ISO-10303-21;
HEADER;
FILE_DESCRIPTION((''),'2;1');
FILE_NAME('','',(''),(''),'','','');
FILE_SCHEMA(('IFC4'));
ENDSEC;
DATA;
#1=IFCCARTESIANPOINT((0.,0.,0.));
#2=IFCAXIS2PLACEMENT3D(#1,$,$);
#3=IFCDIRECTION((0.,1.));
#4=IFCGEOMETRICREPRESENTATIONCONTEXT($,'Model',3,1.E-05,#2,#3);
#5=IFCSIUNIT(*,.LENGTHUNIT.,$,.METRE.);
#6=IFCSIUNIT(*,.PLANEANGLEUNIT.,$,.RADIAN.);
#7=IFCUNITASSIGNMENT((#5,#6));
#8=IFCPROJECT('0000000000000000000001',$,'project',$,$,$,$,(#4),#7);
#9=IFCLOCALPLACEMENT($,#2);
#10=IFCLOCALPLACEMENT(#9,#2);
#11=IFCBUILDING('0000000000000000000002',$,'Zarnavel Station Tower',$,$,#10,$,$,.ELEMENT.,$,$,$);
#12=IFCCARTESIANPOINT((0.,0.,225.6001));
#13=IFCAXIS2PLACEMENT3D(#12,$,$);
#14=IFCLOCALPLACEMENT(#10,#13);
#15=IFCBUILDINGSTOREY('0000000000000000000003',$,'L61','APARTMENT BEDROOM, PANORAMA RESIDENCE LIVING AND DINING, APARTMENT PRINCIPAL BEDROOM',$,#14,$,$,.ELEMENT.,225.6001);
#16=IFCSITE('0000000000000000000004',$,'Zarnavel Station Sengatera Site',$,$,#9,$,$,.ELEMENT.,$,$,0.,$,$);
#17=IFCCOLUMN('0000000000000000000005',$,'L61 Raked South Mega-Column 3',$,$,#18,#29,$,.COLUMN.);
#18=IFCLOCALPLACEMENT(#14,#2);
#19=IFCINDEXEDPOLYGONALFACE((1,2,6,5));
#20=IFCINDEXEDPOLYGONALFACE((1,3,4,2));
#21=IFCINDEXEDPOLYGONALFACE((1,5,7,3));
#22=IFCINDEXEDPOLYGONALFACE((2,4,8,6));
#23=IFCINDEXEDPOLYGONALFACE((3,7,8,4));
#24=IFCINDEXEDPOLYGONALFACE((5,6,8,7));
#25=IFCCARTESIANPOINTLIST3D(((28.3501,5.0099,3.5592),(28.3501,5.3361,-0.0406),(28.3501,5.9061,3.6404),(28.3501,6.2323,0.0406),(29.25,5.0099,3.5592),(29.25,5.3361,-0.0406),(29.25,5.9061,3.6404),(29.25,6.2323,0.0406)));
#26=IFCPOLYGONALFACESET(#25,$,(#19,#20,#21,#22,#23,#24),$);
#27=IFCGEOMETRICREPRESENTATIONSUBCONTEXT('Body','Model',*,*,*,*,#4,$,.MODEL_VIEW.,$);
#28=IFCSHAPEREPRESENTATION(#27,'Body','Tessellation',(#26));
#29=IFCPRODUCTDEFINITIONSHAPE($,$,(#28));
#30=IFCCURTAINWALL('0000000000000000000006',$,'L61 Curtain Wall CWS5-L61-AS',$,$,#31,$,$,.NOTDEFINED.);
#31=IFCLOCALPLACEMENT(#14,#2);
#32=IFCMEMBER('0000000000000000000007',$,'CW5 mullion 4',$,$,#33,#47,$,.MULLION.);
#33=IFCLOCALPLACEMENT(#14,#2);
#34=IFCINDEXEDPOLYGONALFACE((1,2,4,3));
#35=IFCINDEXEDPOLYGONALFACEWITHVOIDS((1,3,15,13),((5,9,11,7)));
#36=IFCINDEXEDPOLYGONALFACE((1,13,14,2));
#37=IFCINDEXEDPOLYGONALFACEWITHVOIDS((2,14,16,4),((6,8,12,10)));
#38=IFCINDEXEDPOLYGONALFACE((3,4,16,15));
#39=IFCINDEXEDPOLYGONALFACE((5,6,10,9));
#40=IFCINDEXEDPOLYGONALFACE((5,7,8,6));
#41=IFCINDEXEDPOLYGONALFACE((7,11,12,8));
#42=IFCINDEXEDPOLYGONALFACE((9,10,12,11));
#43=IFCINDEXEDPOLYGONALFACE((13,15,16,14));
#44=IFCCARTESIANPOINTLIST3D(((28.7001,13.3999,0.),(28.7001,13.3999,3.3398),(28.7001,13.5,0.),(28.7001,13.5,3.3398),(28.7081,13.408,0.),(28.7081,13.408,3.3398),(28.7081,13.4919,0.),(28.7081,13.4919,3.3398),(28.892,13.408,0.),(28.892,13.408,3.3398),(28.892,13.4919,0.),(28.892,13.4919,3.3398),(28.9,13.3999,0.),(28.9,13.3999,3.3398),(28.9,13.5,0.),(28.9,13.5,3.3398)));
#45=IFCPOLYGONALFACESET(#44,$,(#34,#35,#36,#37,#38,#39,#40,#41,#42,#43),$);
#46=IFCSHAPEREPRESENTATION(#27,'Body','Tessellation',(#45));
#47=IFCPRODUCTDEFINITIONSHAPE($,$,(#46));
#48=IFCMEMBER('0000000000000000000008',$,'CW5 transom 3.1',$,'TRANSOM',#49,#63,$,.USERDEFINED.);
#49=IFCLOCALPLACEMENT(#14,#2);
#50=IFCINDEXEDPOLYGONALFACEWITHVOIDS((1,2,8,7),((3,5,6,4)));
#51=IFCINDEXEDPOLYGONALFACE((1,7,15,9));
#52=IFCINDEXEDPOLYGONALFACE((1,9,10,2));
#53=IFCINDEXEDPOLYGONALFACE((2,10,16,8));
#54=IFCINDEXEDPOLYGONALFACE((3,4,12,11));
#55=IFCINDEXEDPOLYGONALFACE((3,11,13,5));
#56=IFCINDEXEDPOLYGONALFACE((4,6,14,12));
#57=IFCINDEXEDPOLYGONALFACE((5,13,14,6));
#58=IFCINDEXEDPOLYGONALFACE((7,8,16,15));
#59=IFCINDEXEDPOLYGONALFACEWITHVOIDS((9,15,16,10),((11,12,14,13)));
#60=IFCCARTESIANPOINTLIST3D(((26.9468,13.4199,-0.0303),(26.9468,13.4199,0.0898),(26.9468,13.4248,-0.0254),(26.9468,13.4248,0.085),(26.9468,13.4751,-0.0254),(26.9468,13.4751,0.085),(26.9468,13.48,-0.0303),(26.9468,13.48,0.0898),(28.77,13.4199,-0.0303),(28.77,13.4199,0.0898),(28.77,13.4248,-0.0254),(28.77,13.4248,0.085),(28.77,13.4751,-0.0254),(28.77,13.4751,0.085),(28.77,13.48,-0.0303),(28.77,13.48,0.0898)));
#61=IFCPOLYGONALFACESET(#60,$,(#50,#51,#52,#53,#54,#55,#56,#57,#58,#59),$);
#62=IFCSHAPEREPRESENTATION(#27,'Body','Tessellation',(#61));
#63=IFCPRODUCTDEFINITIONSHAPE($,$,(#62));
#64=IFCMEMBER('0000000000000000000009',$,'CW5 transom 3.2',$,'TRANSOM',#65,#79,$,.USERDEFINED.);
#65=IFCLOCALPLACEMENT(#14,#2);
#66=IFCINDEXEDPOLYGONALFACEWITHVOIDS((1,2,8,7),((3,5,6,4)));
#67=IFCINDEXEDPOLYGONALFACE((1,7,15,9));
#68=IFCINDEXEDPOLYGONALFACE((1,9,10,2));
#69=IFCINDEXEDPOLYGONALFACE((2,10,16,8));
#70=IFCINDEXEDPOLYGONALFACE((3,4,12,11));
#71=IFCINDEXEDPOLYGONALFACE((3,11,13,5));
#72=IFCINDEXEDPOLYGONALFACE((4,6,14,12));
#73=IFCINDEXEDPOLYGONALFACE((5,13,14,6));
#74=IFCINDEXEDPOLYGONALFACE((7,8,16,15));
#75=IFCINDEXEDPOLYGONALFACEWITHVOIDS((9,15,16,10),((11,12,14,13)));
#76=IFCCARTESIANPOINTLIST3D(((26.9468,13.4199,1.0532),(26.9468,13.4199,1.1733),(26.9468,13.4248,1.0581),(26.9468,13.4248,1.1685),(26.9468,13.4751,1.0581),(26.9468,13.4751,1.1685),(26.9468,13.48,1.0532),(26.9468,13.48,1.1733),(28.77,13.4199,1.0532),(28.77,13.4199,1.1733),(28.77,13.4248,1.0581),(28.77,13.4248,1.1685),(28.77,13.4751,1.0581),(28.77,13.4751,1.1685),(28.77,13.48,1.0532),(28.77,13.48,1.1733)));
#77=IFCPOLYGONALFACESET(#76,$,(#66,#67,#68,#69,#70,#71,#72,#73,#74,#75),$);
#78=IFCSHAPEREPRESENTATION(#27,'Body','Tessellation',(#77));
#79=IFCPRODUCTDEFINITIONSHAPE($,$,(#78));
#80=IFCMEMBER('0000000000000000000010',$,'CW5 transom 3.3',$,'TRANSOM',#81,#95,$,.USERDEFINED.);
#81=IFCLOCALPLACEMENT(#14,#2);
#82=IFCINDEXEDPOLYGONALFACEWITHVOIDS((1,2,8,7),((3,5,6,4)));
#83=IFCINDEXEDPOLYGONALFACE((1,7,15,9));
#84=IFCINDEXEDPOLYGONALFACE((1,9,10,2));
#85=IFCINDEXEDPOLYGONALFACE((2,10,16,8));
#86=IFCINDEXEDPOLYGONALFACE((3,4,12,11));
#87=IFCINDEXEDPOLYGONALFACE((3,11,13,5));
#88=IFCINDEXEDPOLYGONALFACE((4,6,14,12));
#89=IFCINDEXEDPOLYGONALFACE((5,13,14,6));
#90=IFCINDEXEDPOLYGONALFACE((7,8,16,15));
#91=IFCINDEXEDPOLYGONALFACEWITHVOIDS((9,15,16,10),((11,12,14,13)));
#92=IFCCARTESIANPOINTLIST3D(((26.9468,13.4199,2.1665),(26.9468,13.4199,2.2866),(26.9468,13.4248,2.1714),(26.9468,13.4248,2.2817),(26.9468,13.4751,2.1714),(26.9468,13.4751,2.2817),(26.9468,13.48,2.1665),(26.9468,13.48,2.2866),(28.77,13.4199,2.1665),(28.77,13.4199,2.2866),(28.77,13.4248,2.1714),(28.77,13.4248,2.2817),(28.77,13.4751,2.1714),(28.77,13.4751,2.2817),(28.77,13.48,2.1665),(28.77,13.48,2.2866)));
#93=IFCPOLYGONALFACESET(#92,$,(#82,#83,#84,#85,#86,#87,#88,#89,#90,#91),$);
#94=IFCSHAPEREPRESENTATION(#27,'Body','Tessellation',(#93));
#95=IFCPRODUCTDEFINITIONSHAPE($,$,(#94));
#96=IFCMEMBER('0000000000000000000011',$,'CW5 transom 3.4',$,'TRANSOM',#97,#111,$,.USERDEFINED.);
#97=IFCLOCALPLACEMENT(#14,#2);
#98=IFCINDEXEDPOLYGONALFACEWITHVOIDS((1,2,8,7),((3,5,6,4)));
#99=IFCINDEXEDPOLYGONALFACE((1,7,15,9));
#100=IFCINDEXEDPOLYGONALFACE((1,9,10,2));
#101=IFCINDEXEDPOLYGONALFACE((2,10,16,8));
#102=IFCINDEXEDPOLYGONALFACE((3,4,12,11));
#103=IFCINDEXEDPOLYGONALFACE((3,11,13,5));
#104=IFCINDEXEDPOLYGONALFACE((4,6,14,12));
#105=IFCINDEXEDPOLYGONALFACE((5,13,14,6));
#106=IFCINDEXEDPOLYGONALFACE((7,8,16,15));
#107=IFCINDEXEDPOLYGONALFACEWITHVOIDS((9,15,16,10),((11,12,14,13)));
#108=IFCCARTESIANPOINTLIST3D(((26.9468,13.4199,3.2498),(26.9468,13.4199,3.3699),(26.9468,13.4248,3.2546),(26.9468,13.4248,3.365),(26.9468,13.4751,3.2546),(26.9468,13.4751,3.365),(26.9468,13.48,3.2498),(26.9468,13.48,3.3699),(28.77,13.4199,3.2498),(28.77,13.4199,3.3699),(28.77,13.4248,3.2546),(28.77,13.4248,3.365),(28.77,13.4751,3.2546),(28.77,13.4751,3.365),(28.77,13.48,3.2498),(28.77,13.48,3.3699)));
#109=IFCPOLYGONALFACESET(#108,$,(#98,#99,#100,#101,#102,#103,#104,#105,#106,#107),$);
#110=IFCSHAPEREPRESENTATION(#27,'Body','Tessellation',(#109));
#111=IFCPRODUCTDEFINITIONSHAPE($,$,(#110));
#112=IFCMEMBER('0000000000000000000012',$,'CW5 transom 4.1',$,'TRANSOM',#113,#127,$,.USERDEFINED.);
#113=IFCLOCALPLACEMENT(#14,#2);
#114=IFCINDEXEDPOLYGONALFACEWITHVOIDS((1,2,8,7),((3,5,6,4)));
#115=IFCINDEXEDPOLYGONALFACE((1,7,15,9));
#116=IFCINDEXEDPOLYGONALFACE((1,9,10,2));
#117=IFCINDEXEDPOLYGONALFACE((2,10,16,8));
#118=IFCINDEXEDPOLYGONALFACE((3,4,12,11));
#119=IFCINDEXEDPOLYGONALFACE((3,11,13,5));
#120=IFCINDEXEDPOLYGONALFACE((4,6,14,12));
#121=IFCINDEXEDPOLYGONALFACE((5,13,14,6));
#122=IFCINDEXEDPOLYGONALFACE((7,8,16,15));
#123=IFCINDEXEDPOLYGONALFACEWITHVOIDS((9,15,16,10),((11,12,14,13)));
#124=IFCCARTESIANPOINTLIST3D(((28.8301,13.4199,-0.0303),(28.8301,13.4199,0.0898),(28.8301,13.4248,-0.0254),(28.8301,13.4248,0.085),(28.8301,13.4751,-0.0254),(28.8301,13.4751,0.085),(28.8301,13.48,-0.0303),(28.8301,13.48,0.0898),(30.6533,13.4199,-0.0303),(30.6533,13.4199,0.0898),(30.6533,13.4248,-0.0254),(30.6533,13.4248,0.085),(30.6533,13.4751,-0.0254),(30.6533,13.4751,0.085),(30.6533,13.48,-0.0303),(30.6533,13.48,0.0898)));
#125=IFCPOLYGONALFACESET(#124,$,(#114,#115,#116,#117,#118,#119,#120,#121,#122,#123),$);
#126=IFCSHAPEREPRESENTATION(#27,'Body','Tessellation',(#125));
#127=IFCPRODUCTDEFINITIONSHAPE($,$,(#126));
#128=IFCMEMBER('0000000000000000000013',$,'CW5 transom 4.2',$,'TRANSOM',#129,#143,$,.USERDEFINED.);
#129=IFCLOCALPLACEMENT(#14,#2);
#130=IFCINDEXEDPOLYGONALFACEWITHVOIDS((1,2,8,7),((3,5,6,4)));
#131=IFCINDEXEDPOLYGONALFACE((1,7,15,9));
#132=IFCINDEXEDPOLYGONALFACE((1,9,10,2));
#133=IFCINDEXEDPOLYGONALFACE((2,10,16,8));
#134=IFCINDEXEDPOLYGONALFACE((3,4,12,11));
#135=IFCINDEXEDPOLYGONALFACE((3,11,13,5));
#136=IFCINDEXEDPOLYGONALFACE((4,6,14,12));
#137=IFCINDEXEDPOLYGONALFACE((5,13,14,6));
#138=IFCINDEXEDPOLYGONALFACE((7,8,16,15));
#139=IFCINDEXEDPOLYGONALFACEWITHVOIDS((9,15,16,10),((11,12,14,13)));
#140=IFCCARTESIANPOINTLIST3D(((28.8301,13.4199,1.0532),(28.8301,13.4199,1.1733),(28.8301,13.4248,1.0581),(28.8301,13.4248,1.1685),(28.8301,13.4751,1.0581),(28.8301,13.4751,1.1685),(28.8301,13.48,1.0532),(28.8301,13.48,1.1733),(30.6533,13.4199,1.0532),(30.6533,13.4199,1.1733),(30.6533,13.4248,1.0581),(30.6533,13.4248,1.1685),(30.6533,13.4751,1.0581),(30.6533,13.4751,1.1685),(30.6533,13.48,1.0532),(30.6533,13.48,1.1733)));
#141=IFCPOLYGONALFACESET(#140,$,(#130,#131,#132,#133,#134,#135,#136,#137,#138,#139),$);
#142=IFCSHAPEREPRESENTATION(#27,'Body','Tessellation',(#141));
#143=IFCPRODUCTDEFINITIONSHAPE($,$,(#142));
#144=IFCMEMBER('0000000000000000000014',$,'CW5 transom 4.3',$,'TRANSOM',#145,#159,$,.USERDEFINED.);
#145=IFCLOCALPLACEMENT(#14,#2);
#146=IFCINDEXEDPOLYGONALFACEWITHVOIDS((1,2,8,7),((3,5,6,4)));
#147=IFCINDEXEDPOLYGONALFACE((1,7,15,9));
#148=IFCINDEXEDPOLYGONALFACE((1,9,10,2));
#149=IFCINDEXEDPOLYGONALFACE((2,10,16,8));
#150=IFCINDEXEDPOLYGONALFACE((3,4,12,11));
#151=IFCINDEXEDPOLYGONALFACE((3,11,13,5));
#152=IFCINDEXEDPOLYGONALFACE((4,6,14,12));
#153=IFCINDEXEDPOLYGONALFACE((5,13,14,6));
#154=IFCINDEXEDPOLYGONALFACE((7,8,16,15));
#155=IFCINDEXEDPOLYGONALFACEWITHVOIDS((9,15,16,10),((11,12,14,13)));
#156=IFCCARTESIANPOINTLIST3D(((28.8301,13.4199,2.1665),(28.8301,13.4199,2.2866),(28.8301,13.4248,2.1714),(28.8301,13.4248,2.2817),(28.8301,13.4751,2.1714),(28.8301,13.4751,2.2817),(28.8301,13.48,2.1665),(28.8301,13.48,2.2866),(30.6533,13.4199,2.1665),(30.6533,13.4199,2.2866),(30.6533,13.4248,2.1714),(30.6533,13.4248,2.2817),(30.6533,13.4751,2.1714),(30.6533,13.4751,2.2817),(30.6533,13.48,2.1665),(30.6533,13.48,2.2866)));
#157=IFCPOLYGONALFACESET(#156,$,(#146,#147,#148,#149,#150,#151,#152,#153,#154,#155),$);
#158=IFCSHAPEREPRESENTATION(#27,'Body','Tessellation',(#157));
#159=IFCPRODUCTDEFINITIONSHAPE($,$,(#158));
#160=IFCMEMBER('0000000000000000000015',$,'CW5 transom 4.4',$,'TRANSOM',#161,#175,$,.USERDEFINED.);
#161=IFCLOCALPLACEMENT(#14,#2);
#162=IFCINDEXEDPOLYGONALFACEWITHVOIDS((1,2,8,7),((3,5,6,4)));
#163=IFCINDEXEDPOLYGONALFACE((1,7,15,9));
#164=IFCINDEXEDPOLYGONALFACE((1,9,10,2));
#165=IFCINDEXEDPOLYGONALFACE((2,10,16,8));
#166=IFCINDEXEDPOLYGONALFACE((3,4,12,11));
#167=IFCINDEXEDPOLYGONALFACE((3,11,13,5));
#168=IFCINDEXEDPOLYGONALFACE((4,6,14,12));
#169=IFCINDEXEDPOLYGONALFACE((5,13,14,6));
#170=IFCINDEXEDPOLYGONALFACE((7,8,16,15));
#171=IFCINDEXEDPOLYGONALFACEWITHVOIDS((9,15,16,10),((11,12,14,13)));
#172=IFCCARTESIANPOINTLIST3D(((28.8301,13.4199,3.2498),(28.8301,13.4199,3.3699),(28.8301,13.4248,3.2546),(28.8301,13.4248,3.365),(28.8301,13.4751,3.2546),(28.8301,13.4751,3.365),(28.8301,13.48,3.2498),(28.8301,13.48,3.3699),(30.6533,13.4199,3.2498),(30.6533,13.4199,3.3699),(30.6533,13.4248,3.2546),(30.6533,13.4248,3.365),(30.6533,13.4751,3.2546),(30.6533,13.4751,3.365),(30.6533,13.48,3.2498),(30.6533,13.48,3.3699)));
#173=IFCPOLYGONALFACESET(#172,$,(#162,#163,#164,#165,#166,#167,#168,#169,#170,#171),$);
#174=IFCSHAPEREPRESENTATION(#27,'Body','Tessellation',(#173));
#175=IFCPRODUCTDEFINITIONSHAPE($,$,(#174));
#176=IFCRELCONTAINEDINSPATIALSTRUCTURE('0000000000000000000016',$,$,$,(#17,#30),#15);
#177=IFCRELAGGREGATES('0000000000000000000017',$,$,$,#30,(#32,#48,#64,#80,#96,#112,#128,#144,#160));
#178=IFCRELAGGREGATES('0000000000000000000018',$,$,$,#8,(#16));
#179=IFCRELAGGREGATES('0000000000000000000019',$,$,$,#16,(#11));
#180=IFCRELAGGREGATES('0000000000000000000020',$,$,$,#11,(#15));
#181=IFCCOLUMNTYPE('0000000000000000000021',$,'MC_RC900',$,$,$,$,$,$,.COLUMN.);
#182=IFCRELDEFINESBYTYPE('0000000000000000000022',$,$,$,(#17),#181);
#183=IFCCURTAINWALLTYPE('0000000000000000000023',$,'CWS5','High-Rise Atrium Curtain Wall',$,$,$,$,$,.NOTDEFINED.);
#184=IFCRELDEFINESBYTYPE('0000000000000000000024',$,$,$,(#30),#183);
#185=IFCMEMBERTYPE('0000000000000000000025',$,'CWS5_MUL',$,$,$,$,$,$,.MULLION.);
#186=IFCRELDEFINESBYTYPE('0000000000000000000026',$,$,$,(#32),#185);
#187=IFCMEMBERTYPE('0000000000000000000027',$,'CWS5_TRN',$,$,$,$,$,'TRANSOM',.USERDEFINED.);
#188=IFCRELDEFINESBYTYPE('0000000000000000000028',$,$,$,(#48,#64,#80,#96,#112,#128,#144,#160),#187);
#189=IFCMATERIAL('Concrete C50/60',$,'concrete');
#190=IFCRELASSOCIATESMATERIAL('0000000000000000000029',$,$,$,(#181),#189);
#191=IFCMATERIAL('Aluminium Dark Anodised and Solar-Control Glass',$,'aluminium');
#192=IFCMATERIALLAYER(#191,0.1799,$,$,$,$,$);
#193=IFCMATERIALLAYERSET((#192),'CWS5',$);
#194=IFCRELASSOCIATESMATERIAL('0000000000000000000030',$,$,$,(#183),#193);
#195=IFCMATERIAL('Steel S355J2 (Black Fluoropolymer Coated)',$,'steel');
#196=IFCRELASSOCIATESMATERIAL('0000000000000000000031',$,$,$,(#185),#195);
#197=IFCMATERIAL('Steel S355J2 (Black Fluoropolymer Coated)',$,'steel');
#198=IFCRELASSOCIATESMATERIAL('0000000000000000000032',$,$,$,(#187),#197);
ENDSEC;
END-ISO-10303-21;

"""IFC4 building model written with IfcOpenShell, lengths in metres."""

from ifc_helpers import new_model, si_unit, direction, frame, origin, origin_2d, place, context, subcontext, project, spatial, rectangle, hollow_rectangle, extrude, material, layer, layer_set, material_profile, profile_set, type_object, element, aggregate, save


model = new_model("IFC4")

# Units and contexts
model_context = context("Model", 3, precision=1e-05, world=origin(), true_north=direction((0.0, 1.0)))
body_context = subcontext(model_context, "Body", "Model", "MODEL_VIEW")
ifc_project = project(units=[si_unit("LENGTHUNIT", "METRE"), si_unit("PLANEANGLEUNIT", "RADIAN")], contexts=[model_context])

# Site, building, storey
site_placement = place(None, origin())
site = spatial("IfcSite", under=ifc_project, at=site_placement, Name="Zarnavel Station Sengatera Site", CompositionType="ELEMENT", RefElevation=0.0)
building_placement = place(site_placement, origin())
building = spatial("IfcBuilding", under=site, at=building_placement, Name="Zarnavel Station Tower", CompositionType="ELEMENT")
storey_placement = place(building_placement, frame((0.0, 0.0, 225.6001)))
storey = spatial("IfcBuildingStorey", under=building, at=storey_placement, Name="L61", Description="APARTMENT BEDROOM, PANORAMA RESIDENCE LIVING AND DINING, APARTMENT PRINCIPAL BEDROOM", CompositionType="ELEMENT", Elevation=225.6001)

# Column
ifc_material_1 = material(Name="Concrete C50/60", Category="concrete")
ifc_material_profile_1 = material_profile(ifc_material_1, rectangle(XDim=0.8999, YDim=0.8999, at=origin_2d()), Name="RC900x900")
ifc_profile_set_1 = profile_set([ifc_material_profile_1], Name="Concrete C50/60")
column_type = type_object("IfcColumnType", Name="MC_RC900", PredefinedType="COLUMN", material=ifc_profile_set_1)
column_placement = place(storey_placement, frame((28.8, 5.7842, 0.0), z_axis=(0.0, -0.090237, 0.99592), x_axis=(1.0, 0.0, 0.0)))
element("IfcColumn", 1, at=column_placement, inside=storey, type_object=column_type, Name="L61 Raked South Mega-Column 3", PredefinedType="COLUMN", context=body_context, shape_type="SweptSolid", body=[
    extrude(rectangle(XDim=0.8999, YDim=0.8999, at=origin_2d()), origin(), (0.0, 0.0, 1.0), 3.6145),
])

# Curtain wall, members
ifc_material_2 = material(Name="Aluminium Dark Anodised and Solar-Control Glass", Category="aluminium")
ifc_layer_1 = layer(ifc_material_2, 0.1799)
ifc_layer_set_1 = layer_set([ifc_layer_1], Name="CWS5")
curtain_wall_type = type_object("IfcCurtainWallType", Name="CWS5", Description="High-Rise Atrium Curtain Wall", PredefinedType="NOTDEFINED", material=ifc_layer_set_1)
curtain_wall_placement = place(storey_placement, origin())
curtain_wall = element("IfcCurtainWall", 2, at=curtain_wall_placement, inside=storey, type_object=curtain_wall_type, Name="L61 Curtain Wall CWS5-L61-AS", PredefinedType="NOTDEFINED")
ifc_material_3 = material(Name="Steel S355J2 (Black Fluoropolymer Coated)", Category="steel")
ifc_material_profile_2 = material_profile(ifc_material_3, hollow_rectangle(XDim=0.1001, YDim=0.2, WallThickness=0.0081, at=origin_2d()), Name="RHS200x100x8")
ifc_profile_set_2 = profile_set([ifc_material_profile_2], Name="Steel S355J2 (Black Fluoropolymer Coated)")
member_type_1 = type_object("IfcMemberType", Name="CWS5_MUL", PredefinedType="MULLION", material=ifc_profile_set_2)
member_1_placement = place(storey_placement, frame((28.8, 13.45, 0.0), z_axis=(0.0, 0.0, 1.0), x_axis=(0.0, 1.0, 0.0)))
member_1 = element("IfcMember", 3, at=member_1_placement, type_object=member_type_1, Name="CW5 mullion 4", PredefinedType="MULLION", context=body_context, shape_type="SweptSolid", body=[
    extrude(hollow_rectangle(XDim=0.1001, YDim=0.2, WallThickness=0.0081, at=origin_2d()), origin(), (0.0, 0.0, 1.0), 3.3398),
])
ifc_material_4 = material(Name="Steel S355J2 (Black Fluoropolymer Coated)", Category="steel")
ifc_material_profile_3 = material_profile(ifc_material_4, hollow_rectangle(XDim=0.0601, YDim=0.1201, WallThickness=0.0049, at=origin_2d()), Name="RHS120x60x5")
ifc_profile_set_3 = profile_set([ifc_material_profile_3], Name="Steel S355J2 (Black Fluoropolymer Coated)")
member_type_2 = type_object("IfcMemberType", Name="CWS5_TRN", ElementType="TRANSOM", PredefinedType="USERDEFINED", material=ifc_profile_set_3)
member_2_placement = place(storey_placement, frame((26.9468, 13.45, 0.0298), z_axis=(1.0, 0.0, 0.0), x_axis=(0.0, 1.0, 0.0)))
member_2 = element("IfcMember", 4, at=member_2_placement, type_object=member_type_2, Name="CW5 transom 3.1", ObjectType="TRANSOM", PredefinedType="USERDEFINED", context=body_context, shape_type="SweptSolid", body=[
    extrude(hollow_rectangle(XDim=0.0601, YDim=0.1201, WallThickness=0.0049, at=origin_2d()), origin(), (0.0, 0.0, 1.0), 1.8232),
])
member_3_placement = place(storey_placement, frame((26.9468, 13.45, 1.1133), z_axis=(1.0, 0.0, 0.0), x_axis=(0.0, 1.0, 0.0)))
member_3 = element("IfcMember", 5, at=member_3_placement, type_object=member_type_2, Name="CW5 transom 3.2", ObjectType="TRANSOM", PredefinedType="USERDEFINED", context=body_context, shape_type="SweptSolid", body=[
    extrude(hollow_rectangle(XDim=0.0601, YDim=0.1201, WallThickness=0.0049, at=origin_2d()), origin(), (0.0, 0.0, 1.0), 1.8232),
])
member_4_placement = place(storey_placement, frame((26.9468, 13.45, 2.2266), z_axis=(1.0, 0.0, 0.0), x_axis=(0.0, 1.0, 0.0)))
member_4 = element("IfcMember", 6, at=member_4_placement, type_object=member_type_2, Name="CW5 transom 3.3", ObjectType="TRANSOM", PredefinedType="USERDEFINED", context=body_context, shape_type="SweptSolid", body=[
    extrude(hollow_rectangle(XDim=0.0601, YDim=0.1201, WallThickness=0.0049, at=origin_2d()), origin(), (0.0, 0.0, 1.0), 1.8232),
])
member_5_placement = place(storey_placement, frame((26.9468, 13.45, 3.3098), z_axis=(1.0, 0.0, 0.0), x_axis=(0.0, 1.0, 0.0)))
member_5 = element("IfcMember", 7, at=member_5_placement, type_object=member_type_2, Name="CW5 transom 3.4", ObjectType="TRANSOM", PredefinedType="USERDEFINED", context=body_context, shape_type="SweptSolid", body=[
    extrude(hollow_rectangle(XDim=0.0601, YDim=0.1201, WallThickness=0.0049, at=origin_2d()), origin(), (0.0, 0.0, 1.0), 1.8232),
])
member_6_placement = place(storey_placement, frame((28.8301, 13.45, 0.0298), z_axis=(1.0, 0.0, 0.0), x_axis=(0.0, 1.0, 0.0)))
member_6 = element("IfcMember", 8, at=member_6_placement, type_object=member_type_2, Name="CW5 transom 4.1", ObjectType="TRANSOM", PredefinedType="USERDEFINED", context=body_context, shape_type="SweptSolid", body=[
    extrude(hollow_rectangle(XDim=0.0601, YDim=0.1201, WallThickness=0.0049, at=origin_2d()), origin(), (0.0, 0.0, 1.0), 1.8232),
])
member_7_placement = place(storey_placement, frame((28.8301, 13.45, 1.1133), z_axis=(1.0, 0.0, 0.0), x_axis=(0.0, 1.0, 0.0)))
member_7 = element("IfcMember", 9, at=member_7_placement, type_object=member_type_2, Name="CW5 transom 4.2", ObjectType="TRANSOM", PredefinedType="USERDEFINED", context=body_context, shape_type="SweptSolid", body=[
    extrude(hollow_rectangle(XDim=0.0601, YDim=0.1201, WallThickness=0.0049, at=origin_2d()), origin(), (0.0, 0.0, 1.0), 1.8232),
])
member_8_placement = place(storey_placement, frame((28.8301, 13.45, 2.2266), z_axis=(1.0, 0.0, 0.0), x_axis=(0.0, 1.0, 0.0)))
member_8 = element("IfcMember", 10, at=member_8_placement, type_object=member_type_2, Name="CW5 transom 4.3", ObjectType="TRANSOM", PredefinedType="USERDEFINED", context=body_context, shape_type="SweptSolid", body=[
    extrude(hollow_rectangle(XDim=0.0601, YDim=0.1201, WallThickness=0.0049, at=origin_2d()), origin(), (0.0, 0.0, 1.0), 1.8232),
])
member_9_placement = place(storey_placement, frame((28.8301, 13.45, 3.3098), z_axis=(1.0, 0.0, 0.0), x_axis=(0.0, 1.0, 0.0)))
member_9 = element("IfcMember", 11, at=member_9_placement, type_object=member_type_2, Name="CW5 transom 4.4", ObjectType="TRANSOM", PredefinedType="USERDEFINED", context=body_context, shape_type="SweptSolid", body=[
    extrude(hollow_rectangle(XDim=0.0601, YDim=0.1201, WallThickness=0.0049, at=origin_2d()), origin(), (0.0, 0.0, 1.0), 1.8232),
])

aggregate(curtain_wall, [member_1, member_2, member_3, member_4, member_5, member_6, member_7, member_8, member_9])

save(model, "model.ifc")
